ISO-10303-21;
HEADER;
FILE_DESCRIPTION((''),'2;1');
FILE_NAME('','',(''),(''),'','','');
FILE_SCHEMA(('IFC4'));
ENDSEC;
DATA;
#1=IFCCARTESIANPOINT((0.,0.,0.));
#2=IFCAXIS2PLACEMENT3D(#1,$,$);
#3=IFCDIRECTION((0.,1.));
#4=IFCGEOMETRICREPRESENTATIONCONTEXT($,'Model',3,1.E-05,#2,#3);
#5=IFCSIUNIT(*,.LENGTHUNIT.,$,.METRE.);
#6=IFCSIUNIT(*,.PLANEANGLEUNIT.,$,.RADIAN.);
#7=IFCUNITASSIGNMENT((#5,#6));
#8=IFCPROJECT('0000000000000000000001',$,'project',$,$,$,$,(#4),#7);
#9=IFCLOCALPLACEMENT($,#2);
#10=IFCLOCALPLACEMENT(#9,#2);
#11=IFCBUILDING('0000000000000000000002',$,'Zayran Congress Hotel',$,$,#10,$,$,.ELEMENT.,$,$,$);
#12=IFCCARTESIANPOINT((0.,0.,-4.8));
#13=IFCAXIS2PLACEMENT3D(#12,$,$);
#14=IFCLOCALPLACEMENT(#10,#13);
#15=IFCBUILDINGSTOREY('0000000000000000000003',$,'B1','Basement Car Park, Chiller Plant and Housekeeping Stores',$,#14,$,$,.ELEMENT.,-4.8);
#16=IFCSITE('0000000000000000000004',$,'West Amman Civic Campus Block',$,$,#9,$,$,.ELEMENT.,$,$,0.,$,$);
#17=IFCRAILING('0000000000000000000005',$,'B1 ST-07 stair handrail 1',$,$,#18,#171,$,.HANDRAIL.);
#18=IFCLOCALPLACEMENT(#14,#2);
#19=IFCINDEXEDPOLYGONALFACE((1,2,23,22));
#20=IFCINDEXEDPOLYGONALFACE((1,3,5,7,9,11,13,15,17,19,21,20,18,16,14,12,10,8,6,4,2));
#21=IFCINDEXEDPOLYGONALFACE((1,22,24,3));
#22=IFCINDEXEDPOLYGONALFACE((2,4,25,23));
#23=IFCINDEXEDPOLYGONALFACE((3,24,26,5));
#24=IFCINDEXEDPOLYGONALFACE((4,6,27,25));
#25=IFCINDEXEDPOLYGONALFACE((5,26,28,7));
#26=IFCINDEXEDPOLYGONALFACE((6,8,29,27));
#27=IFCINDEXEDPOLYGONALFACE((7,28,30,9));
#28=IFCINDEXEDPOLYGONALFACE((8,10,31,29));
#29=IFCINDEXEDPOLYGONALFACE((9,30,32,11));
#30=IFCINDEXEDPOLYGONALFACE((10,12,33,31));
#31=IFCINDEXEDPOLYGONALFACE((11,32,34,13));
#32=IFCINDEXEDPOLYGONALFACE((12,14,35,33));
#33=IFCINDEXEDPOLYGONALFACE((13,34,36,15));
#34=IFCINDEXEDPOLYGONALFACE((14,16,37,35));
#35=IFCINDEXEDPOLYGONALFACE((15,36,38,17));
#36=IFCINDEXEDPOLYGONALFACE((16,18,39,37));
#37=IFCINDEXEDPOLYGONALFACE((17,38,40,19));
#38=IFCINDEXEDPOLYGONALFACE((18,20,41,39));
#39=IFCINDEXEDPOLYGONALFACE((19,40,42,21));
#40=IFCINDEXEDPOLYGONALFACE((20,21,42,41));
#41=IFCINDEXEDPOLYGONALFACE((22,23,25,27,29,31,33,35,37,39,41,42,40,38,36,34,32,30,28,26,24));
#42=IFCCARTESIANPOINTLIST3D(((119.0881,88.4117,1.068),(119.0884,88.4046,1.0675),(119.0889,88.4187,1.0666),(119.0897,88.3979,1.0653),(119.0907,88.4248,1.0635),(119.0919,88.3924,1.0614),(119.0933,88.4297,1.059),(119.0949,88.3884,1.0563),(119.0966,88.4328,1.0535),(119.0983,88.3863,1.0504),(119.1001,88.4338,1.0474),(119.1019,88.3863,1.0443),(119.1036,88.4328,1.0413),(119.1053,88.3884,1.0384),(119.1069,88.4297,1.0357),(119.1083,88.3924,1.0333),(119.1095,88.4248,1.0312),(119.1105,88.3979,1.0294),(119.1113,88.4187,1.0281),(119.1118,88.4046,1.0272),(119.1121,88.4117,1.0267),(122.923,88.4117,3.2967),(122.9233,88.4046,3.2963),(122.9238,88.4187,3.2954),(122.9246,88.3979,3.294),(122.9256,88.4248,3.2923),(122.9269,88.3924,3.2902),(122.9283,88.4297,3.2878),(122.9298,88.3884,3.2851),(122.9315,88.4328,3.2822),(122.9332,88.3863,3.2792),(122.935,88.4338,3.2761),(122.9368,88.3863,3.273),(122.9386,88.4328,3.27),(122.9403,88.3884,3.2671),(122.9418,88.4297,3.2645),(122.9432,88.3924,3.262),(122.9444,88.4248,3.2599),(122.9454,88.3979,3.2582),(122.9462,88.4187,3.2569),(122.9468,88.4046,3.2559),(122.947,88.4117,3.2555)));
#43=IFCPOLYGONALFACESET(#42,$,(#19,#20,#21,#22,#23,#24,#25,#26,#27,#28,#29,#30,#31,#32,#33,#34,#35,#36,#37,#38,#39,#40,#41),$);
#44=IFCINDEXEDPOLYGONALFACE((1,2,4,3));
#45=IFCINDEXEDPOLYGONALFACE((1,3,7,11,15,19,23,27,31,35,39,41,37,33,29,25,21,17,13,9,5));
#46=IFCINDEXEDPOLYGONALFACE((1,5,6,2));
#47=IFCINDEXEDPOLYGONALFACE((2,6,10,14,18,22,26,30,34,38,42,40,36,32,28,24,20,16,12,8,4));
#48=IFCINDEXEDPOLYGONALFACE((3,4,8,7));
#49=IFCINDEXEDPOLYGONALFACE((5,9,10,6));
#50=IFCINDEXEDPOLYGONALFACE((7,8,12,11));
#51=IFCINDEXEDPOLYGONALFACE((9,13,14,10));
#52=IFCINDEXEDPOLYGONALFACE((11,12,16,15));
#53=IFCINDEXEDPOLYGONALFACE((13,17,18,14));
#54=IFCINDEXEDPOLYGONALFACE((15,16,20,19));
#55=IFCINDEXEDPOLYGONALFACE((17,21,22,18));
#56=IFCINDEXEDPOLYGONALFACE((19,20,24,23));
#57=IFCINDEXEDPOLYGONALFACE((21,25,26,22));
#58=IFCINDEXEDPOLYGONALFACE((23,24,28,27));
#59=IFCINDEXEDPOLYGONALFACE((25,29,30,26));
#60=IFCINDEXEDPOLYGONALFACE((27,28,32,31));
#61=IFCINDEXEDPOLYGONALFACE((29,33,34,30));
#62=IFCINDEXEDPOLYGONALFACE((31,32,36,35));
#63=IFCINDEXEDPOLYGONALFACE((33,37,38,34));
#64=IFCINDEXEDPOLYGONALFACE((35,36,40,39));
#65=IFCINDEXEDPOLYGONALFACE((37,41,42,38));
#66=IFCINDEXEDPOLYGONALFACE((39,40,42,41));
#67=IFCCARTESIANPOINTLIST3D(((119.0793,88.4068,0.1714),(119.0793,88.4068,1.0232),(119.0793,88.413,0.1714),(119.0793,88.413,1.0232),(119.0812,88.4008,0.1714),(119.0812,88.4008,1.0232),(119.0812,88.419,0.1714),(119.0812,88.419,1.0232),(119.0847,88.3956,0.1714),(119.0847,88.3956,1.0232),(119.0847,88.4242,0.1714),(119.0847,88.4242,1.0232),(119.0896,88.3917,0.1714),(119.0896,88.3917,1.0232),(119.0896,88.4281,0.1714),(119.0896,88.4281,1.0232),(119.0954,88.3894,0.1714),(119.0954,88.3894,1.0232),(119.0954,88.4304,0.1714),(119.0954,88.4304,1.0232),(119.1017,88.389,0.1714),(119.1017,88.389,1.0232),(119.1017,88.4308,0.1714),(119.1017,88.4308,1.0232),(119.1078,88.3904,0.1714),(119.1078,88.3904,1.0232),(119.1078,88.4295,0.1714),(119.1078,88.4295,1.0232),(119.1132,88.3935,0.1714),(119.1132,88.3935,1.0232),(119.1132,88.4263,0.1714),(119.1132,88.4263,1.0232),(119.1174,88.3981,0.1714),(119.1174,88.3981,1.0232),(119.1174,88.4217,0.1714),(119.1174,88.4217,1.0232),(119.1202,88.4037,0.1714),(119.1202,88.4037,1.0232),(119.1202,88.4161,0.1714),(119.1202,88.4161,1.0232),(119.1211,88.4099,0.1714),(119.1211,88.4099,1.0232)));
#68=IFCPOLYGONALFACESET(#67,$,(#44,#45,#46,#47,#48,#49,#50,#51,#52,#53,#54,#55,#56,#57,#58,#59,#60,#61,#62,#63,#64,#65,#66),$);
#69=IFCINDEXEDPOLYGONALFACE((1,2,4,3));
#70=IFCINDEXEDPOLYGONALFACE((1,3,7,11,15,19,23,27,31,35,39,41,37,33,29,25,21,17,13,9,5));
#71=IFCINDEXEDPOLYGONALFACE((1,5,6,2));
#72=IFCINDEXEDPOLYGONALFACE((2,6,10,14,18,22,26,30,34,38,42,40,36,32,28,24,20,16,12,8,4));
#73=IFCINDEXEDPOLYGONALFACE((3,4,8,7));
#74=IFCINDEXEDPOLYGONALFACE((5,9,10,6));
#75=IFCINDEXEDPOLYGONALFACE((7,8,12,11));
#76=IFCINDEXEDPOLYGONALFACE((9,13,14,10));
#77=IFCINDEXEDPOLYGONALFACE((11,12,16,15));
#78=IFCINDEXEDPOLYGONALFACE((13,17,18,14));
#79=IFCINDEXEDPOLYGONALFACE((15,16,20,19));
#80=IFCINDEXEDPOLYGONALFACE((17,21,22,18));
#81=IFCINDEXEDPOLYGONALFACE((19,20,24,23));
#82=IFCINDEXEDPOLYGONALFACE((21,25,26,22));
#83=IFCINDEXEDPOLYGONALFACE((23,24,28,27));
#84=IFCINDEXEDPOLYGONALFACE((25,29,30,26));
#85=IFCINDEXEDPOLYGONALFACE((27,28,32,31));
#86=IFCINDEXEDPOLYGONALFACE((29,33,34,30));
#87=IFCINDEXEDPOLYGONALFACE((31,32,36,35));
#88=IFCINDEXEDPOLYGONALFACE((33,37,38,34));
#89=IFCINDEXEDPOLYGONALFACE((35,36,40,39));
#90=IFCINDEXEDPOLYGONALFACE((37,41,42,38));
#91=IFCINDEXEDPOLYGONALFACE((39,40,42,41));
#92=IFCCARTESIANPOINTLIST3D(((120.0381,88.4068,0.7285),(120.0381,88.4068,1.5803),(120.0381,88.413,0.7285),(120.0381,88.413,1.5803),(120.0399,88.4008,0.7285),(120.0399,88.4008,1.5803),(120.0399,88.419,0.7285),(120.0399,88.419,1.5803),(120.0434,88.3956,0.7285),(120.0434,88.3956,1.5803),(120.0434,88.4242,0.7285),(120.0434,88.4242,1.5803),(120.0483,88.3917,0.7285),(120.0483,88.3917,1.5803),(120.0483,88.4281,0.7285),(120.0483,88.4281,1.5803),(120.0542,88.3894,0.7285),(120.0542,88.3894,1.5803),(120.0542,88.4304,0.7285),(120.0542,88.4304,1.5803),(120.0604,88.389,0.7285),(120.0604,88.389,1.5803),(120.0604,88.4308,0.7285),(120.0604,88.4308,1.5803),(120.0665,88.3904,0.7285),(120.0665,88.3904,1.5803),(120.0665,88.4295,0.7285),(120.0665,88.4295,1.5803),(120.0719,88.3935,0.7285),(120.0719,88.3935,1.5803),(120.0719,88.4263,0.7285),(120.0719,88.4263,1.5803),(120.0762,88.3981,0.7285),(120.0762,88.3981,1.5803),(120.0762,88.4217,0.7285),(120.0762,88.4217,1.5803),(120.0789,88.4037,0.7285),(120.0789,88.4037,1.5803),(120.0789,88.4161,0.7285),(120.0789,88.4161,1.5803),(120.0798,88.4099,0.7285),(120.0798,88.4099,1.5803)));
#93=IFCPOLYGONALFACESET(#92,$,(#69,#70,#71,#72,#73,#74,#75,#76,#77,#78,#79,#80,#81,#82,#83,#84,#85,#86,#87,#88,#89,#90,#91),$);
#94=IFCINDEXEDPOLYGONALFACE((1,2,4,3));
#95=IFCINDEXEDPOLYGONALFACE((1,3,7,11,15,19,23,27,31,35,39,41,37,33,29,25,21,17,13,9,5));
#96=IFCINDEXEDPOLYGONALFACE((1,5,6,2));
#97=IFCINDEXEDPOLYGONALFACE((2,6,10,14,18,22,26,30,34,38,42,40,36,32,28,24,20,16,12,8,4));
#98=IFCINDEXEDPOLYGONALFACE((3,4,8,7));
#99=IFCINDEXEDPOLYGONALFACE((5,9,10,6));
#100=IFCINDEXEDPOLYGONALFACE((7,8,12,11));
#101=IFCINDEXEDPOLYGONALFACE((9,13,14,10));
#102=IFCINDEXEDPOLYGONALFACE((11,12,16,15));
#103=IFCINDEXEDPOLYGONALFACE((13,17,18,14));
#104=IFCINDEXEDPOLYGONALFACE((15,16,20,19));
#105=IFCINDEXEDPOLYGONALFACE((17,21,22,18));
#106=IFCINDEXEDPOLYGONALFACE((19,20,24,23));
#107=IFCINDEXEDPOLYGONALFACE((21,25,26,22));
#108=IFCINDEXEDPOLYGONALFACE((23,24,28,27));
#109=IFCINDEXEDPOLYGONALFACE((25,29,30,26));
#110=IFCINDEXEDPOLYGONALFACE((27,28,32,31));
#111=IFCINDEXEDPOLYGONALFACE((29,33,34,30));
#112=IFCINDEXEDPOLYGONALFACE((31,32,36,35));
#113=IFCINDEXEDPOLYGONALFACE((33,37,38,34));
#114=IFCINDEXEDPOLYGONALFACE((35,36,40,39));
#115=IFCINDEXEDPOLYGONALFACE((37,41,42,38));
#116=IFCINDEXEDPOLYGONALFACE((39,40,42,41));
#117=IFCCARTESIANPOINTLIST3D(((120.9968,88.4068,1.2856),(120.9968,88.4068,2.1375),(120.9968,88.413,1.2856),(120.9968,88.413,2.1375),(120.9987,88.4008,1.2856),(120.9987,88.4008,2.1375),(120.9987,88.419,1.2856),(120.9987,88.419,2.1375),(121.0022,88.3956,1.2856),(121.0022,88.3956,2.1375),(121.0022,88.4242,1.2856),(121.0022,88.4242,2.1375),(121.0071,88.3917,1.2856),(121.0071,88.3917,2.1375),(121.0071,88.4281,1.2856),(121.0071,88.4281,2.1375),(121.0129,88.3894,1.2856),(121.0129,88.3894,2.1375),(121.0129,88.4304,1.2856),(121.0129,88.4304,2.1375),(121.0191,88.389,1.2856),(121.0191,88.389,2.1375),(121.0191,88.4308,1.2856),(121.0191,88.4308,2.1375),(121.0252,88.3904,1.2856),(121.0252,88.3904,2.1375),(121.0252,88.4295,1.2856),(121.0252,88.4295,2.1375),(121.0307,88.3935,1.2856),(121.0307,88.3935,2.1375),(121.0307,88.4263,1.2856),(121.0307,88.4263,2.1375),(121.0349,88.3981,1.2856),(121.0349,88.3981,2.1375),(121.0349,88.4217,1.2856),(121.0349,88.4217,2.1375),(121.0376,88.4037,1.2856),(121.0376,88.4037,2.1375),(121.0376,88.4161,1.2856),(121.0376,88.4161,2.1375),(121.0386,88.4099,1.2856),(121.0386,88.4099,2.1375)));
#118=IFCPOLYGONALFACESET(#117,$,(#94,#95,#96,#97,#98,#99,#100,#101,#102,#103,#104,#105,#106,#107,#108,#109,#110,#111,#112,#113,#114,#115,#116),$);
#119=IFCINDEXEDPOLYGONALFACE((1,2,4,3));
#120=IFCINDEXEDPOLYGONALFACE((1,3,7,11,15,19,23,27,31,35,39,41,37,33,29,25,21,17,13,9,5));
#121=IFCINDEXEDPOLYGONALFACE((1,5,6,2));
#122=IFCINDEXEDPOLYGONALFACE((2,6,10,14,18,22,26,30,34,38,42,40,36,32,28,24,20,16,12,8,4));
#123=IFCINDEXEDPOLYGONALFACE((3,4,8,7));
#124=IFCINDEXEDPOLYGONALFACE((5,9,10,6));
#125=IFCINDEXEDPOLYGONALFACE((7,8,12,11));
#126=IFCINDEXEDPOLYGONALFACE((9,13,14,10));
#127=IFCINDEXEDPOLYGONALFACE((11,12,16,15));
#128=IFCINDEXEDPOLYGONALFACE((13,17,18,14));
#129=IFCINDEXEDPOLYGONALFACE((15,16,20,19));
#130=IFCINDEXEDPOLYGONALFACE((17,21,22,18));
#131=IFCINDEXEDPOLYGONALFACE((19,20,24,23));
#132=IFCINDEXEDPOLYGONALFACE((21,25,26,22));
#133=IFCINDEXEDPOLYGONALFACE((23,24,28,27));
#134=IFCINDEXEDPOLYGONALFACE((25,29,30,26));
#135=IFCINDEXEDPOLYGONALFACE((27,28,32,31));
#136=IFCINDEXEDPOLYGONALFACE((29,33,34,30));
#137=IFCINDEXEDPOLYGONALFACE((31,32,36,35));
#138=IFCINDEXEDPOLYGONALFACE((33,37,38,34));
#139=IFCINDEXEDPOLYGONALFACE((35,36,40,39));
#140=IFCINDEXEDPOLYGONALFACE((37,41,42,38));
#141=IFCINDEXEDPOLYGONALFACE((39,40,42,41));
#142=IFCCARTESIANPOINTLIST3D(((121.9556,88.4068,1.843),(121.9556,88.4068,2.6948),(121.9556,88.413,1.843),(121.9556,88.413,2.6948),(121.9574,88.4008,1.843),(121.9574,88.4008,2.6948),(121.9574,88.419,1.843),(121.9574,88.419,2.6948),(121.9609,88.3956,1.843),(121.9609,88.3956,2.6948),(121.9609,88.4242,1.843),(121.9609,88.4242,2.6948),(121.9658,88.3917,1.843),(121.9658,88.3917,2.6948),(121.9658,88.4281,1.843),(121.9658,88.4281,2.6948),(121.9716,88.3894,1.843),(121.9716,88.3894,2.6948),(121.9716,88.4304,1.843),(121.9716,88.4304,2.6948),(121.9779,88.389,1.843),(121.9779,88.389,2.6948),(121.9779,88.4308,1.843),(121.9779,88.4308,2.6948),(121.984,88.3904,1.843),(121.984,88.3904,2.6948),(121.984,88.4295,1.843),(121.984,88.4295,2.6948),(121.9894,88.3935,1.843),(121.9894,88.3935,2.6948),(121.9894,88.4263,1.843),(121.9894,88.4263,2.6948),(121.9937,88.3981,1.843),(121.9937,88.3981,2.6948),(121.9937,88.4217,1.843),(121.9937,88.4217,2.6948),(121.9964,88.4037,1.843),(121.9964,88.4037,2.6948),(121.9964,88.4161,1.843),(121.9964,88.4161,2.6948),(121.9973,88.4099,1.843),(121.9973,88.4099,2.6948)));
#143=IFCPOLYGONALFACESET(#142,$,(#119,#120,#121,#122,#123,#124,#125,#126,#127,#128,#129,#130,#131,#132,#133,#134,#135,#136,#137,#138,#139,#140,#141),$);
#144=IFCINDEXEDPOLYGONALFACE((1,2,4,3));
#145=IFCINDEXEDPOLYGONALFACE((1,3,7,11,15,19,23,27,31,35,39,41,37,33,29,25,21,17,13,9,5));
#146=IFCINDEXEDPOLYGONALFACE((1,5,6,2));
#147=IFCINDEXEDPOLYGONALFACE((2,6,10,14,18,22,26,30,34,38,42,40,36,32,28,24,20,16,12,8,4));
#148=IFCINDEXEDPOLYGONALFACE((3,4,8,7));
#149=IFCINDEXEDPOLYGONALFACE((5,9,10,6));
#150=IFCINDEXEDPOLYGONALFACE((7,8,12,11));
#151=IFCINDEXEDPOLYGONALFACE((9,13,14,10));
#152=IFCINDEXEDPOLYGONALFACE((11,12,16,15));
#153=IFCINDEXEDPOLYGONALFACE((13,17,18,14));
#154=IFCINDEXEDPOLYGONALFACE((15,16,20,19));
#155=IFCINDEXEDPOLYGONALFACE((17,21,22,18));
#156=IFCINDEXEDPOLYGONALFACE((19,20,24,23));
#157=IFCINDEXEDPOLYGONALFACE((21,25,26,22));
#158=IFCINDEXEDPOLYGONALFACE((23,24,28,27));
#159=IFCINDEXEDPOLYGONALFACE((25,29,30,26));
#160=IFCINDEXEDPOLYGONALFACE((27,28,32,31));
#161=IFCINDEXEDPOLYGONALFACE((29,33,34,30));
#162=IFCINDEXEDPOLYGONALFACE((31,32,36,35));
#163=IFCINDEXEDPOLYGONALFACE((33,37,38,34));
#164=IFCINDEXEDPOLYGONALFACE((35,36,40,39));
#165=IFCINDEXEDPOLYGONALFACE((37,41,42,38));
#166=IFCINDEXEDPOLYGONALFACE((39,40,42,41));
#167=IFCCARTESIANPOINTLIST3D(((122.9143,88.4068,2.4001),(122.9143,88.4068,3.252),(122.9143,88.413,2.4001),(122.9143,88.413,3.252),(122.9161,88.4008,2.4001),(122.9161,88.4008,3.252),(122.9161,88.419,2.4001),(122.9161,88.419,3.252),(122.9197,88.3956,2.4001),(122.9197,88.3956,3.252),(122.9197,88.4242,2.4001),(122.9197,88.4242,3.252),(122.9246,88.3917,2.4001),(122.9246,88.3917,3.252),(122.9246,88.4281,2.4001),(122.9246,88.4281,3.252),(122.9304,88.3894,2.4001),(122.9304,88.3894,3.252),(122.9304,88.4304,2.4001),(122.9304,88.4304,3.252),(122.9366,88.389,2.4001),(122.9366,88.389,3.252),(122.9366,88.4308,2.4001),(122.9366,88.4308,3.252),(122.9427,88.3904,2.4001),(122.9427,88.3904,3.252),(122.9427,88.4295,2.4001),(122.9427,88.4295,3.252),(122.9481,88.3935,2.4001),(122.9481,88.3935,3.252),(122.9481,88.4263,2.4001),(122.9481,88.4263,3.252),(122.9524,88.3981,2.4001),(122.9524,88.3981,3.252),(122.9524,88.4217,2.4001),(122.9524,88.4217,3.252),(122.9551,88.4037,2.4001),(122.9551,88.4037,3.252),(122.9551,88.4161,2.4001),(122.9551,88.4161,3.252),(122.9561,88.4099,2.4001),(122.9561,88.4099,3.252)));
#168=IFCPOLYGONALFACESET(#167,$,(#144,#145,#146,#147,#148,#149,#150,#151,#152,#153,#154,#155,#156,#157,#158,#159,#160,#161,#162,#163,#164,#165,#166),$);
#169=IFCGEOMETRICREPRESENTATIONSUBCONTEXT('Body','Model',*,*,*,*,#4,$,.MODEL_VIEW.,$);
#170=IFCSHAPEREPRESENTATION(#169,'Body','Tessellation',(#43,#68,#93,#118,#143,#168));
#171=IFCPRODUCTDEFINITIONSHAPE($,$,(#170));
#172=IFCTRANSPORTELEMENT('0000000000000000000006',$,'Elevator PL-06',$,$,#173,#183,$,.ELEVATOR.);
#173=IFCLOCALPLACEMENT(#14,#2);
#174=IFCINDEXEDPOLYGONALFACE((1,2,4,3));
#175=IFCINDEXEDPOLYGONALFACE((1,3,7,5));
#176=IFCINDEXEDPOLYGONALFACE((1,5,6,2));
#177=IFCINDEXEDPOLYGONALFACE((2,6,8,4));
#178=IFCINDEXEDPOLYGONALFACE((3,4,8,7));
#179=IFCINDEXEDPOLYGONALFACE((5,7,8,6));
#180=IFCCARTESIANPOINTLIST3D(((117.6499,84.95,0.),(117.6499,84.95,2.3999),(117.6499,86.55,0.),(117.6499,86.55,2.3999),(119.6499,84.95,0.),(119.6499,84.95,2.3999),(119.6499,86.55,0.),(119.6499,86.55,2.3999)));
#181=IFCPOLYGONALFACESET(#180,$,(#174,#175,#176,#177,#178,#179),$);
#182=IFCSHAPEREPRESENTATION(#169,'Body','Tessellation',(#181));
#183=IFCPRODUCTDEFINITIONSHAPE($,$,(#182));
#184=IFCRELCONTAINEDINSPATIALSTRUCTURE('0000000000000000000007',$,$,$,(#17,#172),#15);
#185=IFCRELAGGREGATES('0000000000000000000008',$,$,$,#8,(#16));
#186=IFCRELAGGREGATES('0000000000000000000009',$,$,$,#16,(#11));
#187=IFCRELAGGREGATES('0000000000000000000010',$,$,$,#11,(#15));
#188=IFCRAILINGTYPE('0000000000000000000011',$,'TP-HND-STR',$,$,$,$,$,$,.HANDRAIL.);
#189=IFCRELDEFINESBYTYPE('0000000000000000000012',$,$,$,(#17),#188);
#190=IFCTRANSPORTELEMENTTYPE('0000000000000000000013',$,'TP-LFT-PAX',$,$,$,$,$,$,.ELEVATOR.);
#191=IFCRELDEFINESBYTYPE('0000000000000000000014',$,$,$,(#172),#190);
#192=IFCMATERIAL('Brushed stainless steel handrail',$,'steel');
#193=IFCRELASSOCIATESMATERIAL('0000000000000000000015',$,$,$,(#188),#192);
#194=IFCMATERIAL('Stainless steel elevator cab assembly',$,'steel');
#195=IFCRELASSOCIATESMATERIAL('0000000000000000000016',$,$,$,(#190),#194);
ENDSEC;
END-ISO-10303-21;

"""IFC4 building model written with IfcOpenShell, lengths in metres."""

from ifc_helpers import new_model, si_unit, direction, frame, origin, origin_2d, place, context, subcontext, project, spatial, rectangle, circle, extrude, material, type_object, element, save


model = new_model("IFC4")

# Units and contexts
model_context = context("Model", 3, precision=1e-05, world=origin(), true_north=direction((0.0, 1.0)))
body_context = subcontext(model_context, "Body", "Model", "MODEL_VIEW")
ifc_project = project(units=[si_unit("LENGTHUNIT", "METRE"), si_unit("PLANEANGLEUNIT", "RADIAN")], contexts=[model_context])

# Site, building, storey
site_placement = place(None, origin())
site = spatial("IfcSite", under=ifc_project, at=site_placement, Name="West Amman Civic Campus Block", CompositionType="ELEMENT", RefElevation=0.0)
building_placement = place(site_placement, origin())
building = spatial("IfcBuilding", under=site, at=building_placement, Name="Zayran Congress Hotel", CompositionType="ELEMENT")
storey_placement = place(building_placement, frame((0.0, 0.0, -4.8)))
storey = spatial("IfcBuildingStorey", under=building, at=storey_placement, Name="B1", Description="Basement Car Park, Chiller Plant and Housekeeping Stores", CompositionType="ELEMENT", Elevation=-4.8)

# Railing
ifc_material_1 = material(Name="Brushed stainless steel handrail", Category="steel")
railing_type_1 = type_object("IfcRailingType", Name="TP-HND-STR", PredefinedType="HANDRAIL", material=ifc_material_1)
railing_1_placement = place(storey_placement, frame((119.1001, 88.4099, 0.1714)))
element("IfcRailing", 1, at=railing_1_placement, inside=storey, type_object=railing_type_1, Name="B1 ST-07 stair handrail 1", PredefinedType="HANDRAIL", context=body_context, shape_type="SweptSolid", body=[
    extrude(circle(Radius=0.0239, at=origin_2d()), frame((0.0, 0.0, 0.876), z_axis=(0.864592, 0.0, 0.502474), x_axis=(0.0, 1.0, 0.0)), (0.0, 0.0, 1.0), 4.4355),
    extrude(circle(Radius=0.021, at=origin_2d()), origin(), (0.0, 0.0, 1.0), 0.8518),
    extrude(circle(Radius=0.021, at=origin_2d()), frame((0.9587, 0.0, 0.5571)), (0.0, 0.0, 1.0), 0.8518),
    extrude(circle(Radius=0.021, at=origin_2d()), frame((1.9175, 0.0, 1.1143)), (0.0, 0.0, 1.0), 0.8518),
    extrude(circle(Radius=0.021, at=origin_2d()), frame((2.8762, 0.0, 1.6716)), (0.0, 0.0, 1.0), 0.8518),
    extrude(circle(Radius=0.021, at=origin_2d()), frame((3.835, 0.0, 2.2288)), (0.0, 0.0, 1.0), 0.8518),
])

# Transport element
ifc_material_2 = material(Name="Stainless steel elevator cab assembly", Category="steel")
transport_element_type = type_object("IfcTransportElementType", Name="TP-LFT-PAX", PredefinedType="ELEVATOR", material=ifc_material_2)
transport_element_placement = place(storey_placement, frame((118.6499, 85.75, 0.0), z_axis=(0.0, 0.0, 1.0), x_axis=(1.0, 0.0, 0.0)))
element("IfcTransportElement", 2, at=transport_element_placement, inside=storey, type_object=transport_element_type, Name="Elevator PL-06", PredefinedType="ELEVATOR", context=body_context, shape_type="SweptSolid", body=[
    extrude(rectangle(XDim=2.0, YDim=1.6001, at=origin_2d()), origin(), (0.0, 0.0, 1.0), 2.3999),
])

save(model, "model.ifc")
